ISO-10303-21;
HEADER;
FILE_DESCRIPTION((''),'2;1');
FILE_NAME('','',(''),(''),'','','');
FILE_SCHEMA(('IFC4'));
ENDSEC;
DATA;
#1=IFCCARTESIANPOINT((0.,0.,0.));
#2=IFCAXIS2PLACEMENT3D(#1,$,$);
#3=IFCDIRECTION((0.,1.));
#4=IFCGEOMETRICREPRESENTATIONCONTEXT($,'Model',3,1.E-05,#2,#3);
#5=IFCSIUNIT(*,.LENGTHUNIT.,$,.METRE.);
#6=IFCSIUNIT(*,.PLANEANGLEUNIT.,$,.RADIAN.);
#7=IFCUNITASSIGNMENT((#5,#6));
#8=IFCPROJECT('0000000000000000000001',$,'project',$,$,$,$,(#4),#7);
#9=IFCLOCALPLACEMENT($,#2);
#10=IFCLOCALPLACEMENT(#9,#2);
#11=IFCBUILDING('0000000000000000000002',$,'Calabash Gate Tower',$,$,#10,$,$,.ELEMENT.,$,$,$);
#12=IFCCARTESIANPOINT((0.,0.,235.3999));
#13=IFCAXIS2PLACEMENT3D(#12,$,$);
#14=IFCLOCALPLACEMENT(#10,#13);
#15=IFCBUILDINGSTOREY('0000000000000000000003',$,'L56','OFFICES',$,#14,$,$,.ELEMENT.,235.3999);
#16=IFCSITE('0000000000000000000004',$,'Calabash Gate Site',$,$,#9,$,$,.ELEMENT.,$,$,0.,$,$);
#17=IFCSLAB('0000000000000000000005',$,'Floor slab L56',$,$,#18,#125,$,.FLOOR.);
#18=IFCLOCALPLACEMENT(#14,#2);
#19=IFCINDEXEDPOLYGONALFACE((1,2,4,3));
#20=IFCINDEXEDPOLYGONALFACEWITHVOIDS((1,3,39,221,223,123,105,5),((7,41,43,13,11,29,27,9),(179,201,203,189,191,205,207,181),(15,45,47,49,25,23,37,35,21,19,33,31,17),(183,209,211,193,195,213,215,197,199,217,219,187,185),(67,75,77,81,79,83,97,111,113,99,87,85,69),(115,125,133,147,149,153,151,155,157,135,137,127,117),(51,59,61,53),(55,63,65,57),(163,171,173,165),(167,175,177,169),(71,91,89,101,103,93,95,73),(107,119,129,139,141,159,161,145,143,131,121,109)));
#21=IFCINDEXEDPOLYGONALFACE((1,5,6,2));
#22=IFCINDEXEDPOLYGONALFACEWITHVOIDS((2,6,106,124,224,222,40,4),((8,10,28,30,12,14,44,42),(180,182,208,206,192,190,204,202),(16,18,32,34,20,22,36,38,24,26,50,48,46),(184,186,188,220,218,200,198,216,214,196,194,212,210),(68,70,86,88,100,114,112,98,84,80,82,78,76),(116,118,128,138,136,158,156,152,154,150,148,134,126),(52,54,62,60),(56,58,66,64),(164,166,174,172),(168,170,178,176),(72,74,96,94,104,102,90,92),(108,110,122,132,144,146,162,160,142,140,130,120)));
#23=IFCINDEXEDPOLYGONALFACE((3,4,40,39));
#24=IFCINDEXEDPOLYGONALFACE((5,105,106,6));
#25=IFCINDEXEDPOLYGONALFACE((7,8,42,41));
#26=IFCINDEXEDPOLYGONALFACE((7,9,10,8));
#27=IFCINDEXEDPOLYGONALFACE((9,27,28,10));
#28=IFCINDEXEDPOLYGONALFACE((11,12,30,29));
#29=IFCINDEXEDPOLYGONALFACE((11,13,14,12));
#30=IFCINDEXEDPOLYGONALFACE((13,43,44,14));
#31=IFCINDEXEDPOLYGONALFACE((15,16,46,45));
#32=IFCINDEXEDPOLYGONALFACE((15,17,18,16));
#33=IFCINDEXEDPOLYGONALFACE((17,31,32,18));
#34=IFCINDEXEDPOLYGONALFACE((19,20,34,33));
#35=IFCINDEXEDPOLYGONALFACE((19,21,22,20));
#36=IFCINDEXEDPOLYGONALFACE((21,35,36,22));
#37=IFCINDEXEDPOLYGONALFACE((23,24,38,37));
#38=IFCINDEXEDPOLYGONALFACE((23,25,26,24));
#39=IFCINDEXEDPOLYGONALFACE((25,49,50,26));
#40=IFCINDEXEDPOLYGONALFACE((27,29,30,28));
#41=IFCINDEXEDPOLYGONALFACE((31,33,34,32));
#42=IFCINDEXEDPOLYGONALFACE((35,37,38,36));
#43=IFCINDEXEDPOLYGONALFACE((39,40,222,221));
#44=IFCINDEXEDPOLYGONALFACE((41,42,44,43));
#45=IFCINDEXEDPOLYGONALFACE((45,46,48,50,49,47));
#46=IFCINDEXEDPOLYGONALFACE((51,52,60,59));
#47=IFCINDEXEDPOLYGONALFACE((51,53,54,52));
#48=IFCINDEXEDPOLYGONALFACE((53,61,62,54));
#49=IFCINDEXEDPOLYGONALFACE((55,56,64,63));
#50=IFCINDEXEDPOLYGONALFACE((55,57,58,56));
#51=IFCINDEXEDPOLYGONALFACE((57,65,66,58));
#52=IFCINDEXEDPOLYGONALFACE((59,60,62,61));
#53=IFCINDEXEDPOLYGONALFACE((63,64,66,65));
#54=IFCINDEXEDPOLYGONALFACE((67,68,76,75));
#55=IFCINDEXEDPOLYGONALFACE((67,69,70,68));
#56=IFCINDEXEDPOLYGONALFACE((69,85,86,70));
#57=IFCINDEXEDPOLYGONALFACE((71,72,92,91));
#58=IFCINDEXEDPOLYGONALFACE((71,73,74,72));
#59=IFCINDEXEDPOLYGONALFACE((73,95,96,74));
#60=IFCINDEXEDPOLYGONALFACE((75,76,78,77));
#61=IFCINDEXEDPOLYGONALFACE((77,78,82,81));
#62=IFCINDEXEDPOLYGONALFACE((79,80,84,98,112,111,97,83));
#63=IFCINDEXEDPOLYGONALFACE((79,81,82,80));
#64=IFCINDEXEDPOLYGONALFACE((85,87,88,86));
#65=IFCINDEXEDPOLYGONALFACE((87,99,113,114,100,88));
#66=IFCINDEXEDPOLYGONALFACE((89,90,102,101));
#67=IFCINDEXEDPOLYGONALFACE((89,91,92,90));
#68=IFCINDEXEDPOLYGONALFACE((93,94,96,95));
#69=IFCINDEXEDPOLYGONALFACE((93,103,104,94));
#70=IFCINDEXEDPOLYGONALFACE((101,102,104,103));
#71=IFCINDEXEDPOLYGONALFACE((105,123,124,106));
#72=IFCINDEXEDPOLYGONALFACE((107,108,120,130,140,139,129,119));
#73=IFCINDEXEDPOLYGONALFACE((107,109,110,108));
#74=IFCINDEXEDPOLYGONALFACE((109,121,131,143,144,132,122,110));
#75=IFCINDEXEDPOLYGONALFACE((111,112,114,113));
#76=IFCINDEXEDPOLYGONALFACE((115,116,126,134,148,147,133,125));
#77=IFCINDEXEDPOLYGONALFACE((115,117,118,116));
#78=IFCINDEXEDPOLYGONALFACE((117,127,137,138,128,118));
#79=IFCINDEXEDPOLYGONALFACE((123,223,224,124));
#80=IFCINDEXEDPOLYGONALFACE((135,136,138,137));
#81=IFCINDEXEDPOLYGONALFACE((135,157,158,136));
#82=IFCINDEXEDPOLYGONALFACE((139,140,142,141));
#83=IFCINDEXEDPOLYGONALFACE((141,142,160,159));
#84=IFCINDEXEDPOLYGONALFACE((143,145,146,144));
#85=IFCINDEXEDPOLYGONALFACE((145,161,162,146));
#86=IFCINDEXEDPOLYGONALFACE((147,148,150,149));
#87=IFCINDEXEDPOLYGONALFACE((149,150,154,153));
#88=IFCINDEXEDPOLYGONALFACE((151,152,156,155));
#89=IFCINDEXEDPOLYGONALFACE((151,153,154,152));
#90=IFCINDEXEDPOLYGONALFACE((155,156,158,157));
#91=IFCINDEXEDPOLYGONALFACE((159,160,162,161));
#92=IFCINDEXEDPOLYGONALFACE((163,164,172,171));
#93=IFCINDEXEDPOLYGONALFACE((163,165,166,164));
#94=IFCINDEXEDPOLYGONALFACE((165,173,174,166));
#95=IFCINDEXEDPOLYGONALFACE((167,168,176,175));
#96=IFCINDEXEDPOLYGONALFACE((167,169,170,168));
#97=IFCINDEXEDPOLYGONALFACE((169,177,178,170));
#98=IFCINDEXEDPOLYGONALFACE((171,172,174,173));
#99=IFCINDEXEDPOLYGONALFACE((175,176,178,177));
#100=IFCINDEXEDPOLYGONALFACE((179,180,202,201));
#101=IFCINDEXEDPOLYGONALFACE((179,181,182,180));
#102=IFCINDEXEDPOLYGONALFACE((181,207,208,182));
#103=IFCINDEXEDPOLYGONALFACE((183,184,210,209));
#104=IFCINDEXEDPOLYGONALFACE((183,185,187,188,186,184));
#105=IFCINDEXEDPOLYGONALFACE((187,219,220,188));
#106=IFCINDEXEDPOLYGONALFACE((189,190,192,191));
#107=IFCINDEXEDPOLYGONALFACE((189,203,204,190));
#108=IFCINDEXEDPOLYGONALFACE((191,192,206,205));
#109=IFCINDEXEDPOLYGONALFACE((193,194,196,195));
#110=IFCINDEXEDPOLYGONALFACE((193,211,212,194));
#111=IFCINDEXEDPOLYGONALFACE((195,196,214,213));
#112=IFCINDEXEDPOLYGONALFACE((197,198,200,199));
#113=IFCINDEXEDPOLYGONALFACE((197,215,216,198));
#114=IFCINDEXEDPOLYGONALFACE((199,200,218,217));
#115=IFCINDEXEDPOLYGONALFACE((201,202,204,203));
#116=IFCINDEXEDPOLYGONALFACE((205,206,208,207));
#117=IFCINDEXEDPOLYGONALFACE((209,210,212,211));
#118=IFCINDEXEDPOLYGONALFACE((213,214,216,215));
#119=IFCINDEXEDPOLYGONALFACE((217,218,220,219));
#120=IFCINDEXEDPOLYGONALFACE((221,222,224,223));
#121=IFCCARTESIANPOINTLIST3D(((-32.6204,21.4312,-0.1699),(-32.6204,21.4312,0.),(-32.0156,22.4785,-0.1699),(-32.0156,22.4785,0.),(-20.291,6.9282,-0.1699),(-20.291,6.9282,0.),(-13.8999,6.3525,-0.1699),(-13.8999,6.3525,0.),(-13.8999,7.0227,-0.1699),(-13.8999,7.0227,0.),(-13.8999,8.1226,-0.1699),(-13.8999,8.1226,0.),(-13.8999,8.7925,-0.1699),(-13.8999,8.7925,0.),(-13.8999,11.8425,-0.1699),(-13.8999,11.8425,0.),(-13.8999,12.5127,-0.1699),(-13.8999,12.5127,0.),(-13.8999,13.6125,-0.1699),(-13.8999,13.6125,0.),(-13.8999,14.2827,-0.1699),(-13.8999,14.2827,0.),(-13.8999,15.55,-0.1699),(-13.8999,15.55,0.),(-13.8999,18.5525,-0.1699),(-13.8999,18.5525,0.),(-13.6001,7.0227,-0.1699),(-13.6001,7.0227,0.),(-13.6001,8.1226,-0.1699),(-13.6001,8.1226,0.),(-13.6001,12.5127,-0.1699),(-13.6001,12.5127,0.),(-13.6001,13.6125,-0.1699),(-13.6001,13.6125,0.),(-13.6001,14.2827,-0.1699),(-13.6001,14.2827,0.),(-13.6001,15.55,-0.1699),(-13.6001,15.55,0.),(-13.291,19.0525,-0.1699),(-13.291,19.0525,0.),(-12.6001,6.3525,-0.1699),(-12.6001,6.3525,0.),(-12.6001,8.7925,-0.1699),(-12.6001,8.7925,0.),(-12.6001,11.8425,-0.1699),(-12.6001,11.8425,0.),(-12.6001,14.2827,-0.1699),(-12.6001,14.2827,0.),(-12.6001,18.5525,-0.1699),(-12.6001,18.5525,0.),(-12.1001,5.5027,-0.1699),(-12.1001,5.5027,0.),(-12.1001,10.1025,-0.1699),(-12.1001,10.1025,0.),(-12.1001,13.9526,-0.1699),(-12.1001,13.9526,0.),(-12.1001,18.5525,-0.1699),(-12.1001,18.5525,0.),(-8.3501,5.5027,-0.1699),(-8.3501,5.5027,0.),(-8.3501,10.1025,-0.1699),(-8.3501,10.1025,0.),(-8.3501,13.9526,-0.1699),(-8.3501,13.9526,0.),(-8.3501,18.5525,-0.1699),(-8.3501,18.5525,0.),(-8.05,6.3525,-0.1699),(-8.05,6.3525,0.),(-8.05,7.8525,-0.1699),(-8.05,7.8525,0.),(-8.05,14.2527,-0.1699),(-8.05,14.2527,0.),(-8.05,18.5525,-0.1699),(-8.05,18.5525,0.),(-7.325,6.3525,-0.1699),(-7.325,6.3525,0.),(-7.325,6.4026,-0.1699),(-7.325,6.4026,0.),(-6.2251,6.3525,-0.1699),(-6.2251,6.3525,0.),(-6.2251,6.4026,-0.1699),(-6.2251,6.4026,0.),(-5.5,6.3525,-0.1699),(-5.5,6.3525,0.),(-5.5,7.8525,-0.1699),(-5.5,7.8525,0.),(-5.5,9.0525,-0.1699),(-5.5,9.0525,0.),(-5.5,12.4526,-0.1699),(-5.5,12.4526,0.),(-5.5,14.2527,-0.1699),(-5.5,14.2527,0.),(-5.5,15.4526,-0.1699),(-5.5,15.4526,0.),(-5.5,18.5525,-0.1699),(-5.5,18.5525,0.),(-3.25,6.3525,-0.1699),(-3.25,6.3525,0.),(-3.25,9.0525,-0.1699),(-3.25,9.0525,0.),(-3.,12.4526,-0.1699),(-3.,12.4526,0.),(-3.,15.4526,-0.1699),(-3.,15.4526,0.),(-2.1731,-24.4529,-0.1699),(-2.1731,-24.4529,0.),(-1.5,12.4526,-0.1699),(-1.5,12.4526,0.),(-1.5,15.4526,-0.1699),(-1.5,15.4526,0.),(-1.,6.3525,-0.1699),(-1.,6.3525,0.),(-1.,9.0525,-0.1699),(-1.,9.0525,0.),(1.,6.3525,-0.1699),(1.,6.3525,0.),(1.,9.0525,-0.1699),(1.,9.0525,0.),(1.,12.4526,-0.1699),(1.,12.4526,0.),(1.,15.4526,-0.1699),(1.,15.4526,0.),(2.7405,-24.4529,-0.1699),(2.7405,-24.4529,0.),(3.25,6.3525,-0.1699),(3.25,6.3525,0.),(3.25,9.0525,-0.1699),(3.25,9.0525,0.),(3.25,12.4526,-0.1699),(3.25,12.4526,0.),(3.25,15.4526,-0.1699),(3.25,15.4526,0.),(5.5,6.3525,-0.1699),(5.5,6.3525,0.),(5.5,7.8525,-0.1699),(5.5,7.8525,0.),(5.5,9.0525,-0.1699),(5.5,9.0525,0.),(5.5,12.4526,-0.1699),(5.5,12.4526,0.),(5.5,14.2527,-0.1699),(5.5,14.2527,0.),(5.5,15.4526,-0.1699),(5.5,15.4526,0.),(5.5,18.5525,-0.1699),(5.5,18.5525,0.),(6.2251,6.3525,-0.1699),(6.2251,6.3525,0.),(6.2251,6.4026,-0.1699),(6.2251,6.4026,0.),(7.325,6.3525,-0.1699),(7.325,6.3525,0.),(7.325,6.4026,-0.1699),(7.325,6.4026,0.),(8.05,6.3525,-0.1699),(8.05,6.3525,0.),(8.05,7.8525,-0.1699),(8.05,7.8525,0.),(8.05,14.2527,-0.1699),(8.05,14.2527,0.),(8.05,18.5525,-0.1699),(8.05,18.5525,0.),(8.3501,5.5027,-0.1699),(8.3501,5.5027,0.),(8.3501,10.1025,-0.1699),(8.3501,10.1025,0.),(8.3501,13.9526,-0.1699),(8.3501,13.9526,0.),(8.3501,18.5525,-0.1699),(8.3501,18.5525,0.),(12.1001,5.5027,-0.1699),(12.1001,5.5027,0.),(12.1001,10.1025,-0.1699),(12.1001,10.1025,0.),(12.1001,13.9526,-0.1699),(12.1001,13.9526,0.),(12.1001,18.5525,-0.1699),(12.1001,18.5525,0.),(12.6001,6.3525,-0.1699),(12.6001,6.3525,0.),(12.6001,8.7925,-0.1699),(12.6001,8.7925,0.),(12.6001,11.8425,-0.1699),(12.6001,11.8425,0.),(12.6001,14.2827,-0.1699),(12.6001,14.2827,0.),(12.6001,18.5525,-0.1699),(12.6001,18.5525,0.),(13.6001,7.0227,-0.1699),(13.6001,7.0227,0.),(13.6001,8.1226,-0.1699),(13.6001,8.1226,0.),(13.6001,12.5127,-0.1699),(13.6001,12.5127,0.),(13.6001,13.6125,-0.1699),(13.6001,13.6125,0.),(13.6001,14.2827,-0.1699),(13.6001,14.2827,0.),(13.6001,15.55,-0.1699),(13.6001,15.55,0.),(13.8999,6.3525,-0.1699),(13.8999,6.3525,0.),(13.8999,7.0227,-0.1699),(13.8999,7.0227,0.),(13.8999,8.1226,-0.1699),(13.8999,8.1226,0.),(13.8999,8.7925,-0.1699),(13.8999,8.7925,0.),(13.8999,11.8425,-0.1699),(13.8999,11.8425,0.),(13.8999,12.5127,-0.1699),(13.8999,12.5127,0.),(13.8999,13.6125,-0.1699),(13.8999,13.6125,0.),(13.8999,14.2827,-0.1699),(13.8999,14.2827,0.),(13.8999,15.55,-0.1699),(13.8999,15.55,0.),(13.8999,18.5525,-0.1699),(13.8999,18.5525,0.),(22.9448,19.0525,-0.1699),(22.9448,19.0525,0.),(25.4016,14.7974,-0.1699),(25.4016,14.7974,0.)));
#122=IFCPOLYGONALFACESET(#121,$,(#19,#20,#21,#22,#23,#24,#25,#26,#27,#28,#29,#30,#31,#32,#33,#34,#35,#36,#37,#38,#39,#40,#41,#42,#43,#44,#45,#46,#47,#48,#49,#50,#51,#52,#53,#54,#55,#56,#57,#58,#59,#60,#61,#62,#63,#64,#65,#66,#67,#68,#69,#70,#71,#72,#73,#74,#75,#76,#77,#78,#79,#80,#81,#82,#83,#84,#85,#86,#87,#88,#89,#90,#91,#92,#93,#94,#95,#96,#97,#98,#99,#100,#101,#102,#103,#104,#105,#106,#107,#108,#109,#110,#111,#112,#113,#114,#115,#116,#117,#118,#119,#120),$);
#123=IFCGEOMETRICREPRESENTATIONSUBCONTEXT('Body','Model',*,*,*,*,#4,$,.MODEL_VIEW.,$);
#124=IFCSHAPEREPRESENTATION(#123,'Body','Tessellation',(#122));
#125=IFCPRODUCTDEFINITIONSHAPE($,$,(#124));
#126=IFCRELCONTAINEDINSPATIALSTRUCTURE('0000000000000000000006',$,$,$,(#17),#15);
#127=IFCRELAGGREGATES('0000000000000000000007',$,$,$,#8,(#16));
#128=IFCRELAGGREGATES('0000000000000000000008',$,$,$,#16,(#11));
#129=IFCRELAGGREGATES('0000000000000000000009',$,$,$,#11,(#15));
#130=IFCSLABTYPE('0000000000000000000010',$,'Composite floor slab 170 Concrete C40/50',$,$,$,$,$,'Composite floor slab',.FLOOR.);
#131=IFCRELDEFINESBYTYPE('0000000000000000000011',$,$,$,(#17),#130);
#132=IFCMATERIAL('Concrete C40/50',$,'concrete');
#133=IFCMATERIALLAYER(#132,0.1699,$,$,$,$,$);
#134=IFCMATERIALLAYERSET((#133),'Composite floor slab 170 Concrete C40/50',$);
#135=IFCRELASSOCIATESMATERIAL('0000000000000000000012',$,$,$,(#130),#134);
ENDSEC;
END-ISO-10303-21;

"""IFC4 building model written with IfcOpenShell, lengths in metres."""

from ifc_helpers import new_model, si_unit, direction, frame, origin, place, context, subcontext, project, spatial, polyline, outline, extrude, material, layer, layer_set, type_object, element, save


model = new_model("IFC4")

# Units and contexts
model_context = context("Model", 3, precision=1e-05, world=origin(), true_north=direction((0.0, 1.0)))
body_context = subcontext(model_context, "Body", "Model", "MODEL_VIEW")
ifc_project = project(units=[si_unit("LENGTHUNIT", "METRE"), si_unit("PLANEANGLEUNIT", "RADIAN")], contexts=[model_context])

# Site, building, storey
site_placement = place(None, origin())
site = spatial("IfcSite", under=ifc_project, at=site_placement, Name="Calabash Gate Site", CompositionType="ELEMENT", RefElevation=0.0)
building_placement = place(site_placement, origin())
building = spatial("IfcBuilding", under=site, at=building_placement, Name="Calabash Gate Tower", CompositionType="ELEMENT")
storey_placement = place(building_placement, frame((0.0, 0.0, 235.3999)))
storey = spatial("IfcBuildingStorey", under=building, at=storey_placement, Name="L56", Description="OFFICES", CompositionType="ELEMENT", Elevation=235.3999)

# Slab
ifc_material_1 = material(Name="Concrete C40/50", Category="concrete")
ifc_layer_1 = layer(ifc_material_1, 0.1699)
ifc_layer_set_1 = layer_set([ifc_layer_1], Name="Composite floor slab 170 Concrete C40/50")
slab_type = type_object("IfcSlabType", Name="Composite floor slab 170 Concrete C40/50", ElementType="Composite floor slab", PredefinedType="FLOOR", material=ifc_layer_set_1)
slab_placement = place(storey_placement, frame((0.0, 0.0, -0.1699)))
element("IfcSlab", 1, at=slab_placement, inside=storey, type_object=slab_type, Name="Floor slab L56", PredefinedType="FLOOR", context=body_context, shape_type="SweptSolid", body=[
    extrude(outline(polyline([(2.7405, -24.4529), (-2.1731, -24.4529), (-20.291, 6.9282), (-32.6204, 21.4312), (-32.0156, 22.4785), (-13.291, 19.0525), (22.9448, 19.0525), (25.4016, 14.7974), (2.7405, -24.4529)]), holes=[polyline([(-7.325, 6.3525), (-7.325, 6.4026), (-6.2251, 6.4026), (-6.2251, 6.3525), (-5.5, 6.3525), (-3.25, 6.3525), (-1.0, 6.3525), (-1.0, 9.0525), (-3.25, 9.0525), (-5.5, 9.0525), (-5.5, 7.8525), (-8.05, 7.8525), (-8.05, 6.3525), (-7.325, 6.3525)]), polyline([(8.05, 6.3525), (8.05, 7.8525), (5.5, 7.8525), (5.5, 9.0525), (3.25, 9.0525), (1.0, 9.0525), (1.0, 6.3525), (3.25, 6.3525), (5.5, 6.3525), (6.2251, 6.3525), (6.2251, 6.4026), (7.325, 6.4026), (7.325, 6.3525), (8.05, 6.3525)]), polyline([(-8.05, 18.5525), (-8.05, 14.2527), (-5.5, 14.2527), (-5.5, 12.4526), (-3.0, 12.4526), (-3.0, 15.4526), (-5.5, 15.4526), (-5.5, 18.5525), (-8.05, 18.5525)]), polyline([(5.5, 14.2527), (8.05, 14.2527), (8.05, 18.5525), (5.5, 18.5525), (5.5, 15.4526), (3.25, 15.4526), (1.0, 15.4526), (-1.5, 15.4526), (-1.5, 12.4526), (1.0, 12.4526), (3.25, 12.4526), (5.5, 12.4526), (5.5, 14.2527)]), polyline([(-12.1001, 13.9526), (-8.3501, 13.9526), (-8.3501, 18.5525), (-12.1001, 18.5525), (-12.1001, 13.9526)]), polyline([(-8.3501, 5.5027), (-8.3501, 10.1025), (-12.1001, 10.1025), (-12.1001, 5.5027), (-8.3501, 5.5027)]), polyline([(12.1001, 18.5525), (8.3501, 18.5525), (8.3501, 13.9526), (12.1001, 13.9526), (12.1001, 18.5525)]), polyline([(8.3501, 10.1025), (8.3501, 5.5027), (12.1001, 5.5027), (12.1001, 10.1025), (8.3501, 10.1025)]), polyline([(-13.8999, 6.3525), (-12.6001, 6.3525), (-12.6001, 8.7925), (-13.8999, 8.7925), (-13.8999, 8.1226), (-13.6001, 8.1226), (-13.6001, 7.0227), (-13.8999, 7.0227), (-13.8999, 6.3525)]), polyline([(-13.8999, 12.5127), (-13.8999, 11.8425), (-12.6001, 11.8425), (-12.6001, 14.2827), (-12.6001, 18.5525), (-13.8999, 18.5525), (-13.8999, 15.55), (-13.6001, 15.55), (-13.6001, 14.2827), (-13.8999, 14.2827), (-13.8999, 13.6125), (-13.6001, 13.6125), (-13.6001, 12.5127), (-13.8999, 12.5127)]), polyline([(13.6001, 7.0227), (13.6001, 8.1226), (13.8999, 8.1226), (13.8999, 8.7925), (12.6001, 8.7925), (12.6001, 6.3525), (13.8999, 6.3525), (13.8999, 7.0227), (13.6001, 7.0227)]), polyline([(13.8999, 12.5127), (13.6001, 12.5127), (13.6001, 13.6125), (13.8999, 13.6125), (13.8999, 14.2827), (13.6001, 14.2827), (13.6001, 15.55), (13.8999, 15.55), (13.8999, 18.5525), (12.6001, 18.5525), (12.6001, 14.2827), (12.6001, 11.8425), (13.8999, 11.8425), (13.8999, 12.5127)])]), origin(), (0.0, 0.0, 1.0), 0.1699),
])

save(model, "model.ifc")
